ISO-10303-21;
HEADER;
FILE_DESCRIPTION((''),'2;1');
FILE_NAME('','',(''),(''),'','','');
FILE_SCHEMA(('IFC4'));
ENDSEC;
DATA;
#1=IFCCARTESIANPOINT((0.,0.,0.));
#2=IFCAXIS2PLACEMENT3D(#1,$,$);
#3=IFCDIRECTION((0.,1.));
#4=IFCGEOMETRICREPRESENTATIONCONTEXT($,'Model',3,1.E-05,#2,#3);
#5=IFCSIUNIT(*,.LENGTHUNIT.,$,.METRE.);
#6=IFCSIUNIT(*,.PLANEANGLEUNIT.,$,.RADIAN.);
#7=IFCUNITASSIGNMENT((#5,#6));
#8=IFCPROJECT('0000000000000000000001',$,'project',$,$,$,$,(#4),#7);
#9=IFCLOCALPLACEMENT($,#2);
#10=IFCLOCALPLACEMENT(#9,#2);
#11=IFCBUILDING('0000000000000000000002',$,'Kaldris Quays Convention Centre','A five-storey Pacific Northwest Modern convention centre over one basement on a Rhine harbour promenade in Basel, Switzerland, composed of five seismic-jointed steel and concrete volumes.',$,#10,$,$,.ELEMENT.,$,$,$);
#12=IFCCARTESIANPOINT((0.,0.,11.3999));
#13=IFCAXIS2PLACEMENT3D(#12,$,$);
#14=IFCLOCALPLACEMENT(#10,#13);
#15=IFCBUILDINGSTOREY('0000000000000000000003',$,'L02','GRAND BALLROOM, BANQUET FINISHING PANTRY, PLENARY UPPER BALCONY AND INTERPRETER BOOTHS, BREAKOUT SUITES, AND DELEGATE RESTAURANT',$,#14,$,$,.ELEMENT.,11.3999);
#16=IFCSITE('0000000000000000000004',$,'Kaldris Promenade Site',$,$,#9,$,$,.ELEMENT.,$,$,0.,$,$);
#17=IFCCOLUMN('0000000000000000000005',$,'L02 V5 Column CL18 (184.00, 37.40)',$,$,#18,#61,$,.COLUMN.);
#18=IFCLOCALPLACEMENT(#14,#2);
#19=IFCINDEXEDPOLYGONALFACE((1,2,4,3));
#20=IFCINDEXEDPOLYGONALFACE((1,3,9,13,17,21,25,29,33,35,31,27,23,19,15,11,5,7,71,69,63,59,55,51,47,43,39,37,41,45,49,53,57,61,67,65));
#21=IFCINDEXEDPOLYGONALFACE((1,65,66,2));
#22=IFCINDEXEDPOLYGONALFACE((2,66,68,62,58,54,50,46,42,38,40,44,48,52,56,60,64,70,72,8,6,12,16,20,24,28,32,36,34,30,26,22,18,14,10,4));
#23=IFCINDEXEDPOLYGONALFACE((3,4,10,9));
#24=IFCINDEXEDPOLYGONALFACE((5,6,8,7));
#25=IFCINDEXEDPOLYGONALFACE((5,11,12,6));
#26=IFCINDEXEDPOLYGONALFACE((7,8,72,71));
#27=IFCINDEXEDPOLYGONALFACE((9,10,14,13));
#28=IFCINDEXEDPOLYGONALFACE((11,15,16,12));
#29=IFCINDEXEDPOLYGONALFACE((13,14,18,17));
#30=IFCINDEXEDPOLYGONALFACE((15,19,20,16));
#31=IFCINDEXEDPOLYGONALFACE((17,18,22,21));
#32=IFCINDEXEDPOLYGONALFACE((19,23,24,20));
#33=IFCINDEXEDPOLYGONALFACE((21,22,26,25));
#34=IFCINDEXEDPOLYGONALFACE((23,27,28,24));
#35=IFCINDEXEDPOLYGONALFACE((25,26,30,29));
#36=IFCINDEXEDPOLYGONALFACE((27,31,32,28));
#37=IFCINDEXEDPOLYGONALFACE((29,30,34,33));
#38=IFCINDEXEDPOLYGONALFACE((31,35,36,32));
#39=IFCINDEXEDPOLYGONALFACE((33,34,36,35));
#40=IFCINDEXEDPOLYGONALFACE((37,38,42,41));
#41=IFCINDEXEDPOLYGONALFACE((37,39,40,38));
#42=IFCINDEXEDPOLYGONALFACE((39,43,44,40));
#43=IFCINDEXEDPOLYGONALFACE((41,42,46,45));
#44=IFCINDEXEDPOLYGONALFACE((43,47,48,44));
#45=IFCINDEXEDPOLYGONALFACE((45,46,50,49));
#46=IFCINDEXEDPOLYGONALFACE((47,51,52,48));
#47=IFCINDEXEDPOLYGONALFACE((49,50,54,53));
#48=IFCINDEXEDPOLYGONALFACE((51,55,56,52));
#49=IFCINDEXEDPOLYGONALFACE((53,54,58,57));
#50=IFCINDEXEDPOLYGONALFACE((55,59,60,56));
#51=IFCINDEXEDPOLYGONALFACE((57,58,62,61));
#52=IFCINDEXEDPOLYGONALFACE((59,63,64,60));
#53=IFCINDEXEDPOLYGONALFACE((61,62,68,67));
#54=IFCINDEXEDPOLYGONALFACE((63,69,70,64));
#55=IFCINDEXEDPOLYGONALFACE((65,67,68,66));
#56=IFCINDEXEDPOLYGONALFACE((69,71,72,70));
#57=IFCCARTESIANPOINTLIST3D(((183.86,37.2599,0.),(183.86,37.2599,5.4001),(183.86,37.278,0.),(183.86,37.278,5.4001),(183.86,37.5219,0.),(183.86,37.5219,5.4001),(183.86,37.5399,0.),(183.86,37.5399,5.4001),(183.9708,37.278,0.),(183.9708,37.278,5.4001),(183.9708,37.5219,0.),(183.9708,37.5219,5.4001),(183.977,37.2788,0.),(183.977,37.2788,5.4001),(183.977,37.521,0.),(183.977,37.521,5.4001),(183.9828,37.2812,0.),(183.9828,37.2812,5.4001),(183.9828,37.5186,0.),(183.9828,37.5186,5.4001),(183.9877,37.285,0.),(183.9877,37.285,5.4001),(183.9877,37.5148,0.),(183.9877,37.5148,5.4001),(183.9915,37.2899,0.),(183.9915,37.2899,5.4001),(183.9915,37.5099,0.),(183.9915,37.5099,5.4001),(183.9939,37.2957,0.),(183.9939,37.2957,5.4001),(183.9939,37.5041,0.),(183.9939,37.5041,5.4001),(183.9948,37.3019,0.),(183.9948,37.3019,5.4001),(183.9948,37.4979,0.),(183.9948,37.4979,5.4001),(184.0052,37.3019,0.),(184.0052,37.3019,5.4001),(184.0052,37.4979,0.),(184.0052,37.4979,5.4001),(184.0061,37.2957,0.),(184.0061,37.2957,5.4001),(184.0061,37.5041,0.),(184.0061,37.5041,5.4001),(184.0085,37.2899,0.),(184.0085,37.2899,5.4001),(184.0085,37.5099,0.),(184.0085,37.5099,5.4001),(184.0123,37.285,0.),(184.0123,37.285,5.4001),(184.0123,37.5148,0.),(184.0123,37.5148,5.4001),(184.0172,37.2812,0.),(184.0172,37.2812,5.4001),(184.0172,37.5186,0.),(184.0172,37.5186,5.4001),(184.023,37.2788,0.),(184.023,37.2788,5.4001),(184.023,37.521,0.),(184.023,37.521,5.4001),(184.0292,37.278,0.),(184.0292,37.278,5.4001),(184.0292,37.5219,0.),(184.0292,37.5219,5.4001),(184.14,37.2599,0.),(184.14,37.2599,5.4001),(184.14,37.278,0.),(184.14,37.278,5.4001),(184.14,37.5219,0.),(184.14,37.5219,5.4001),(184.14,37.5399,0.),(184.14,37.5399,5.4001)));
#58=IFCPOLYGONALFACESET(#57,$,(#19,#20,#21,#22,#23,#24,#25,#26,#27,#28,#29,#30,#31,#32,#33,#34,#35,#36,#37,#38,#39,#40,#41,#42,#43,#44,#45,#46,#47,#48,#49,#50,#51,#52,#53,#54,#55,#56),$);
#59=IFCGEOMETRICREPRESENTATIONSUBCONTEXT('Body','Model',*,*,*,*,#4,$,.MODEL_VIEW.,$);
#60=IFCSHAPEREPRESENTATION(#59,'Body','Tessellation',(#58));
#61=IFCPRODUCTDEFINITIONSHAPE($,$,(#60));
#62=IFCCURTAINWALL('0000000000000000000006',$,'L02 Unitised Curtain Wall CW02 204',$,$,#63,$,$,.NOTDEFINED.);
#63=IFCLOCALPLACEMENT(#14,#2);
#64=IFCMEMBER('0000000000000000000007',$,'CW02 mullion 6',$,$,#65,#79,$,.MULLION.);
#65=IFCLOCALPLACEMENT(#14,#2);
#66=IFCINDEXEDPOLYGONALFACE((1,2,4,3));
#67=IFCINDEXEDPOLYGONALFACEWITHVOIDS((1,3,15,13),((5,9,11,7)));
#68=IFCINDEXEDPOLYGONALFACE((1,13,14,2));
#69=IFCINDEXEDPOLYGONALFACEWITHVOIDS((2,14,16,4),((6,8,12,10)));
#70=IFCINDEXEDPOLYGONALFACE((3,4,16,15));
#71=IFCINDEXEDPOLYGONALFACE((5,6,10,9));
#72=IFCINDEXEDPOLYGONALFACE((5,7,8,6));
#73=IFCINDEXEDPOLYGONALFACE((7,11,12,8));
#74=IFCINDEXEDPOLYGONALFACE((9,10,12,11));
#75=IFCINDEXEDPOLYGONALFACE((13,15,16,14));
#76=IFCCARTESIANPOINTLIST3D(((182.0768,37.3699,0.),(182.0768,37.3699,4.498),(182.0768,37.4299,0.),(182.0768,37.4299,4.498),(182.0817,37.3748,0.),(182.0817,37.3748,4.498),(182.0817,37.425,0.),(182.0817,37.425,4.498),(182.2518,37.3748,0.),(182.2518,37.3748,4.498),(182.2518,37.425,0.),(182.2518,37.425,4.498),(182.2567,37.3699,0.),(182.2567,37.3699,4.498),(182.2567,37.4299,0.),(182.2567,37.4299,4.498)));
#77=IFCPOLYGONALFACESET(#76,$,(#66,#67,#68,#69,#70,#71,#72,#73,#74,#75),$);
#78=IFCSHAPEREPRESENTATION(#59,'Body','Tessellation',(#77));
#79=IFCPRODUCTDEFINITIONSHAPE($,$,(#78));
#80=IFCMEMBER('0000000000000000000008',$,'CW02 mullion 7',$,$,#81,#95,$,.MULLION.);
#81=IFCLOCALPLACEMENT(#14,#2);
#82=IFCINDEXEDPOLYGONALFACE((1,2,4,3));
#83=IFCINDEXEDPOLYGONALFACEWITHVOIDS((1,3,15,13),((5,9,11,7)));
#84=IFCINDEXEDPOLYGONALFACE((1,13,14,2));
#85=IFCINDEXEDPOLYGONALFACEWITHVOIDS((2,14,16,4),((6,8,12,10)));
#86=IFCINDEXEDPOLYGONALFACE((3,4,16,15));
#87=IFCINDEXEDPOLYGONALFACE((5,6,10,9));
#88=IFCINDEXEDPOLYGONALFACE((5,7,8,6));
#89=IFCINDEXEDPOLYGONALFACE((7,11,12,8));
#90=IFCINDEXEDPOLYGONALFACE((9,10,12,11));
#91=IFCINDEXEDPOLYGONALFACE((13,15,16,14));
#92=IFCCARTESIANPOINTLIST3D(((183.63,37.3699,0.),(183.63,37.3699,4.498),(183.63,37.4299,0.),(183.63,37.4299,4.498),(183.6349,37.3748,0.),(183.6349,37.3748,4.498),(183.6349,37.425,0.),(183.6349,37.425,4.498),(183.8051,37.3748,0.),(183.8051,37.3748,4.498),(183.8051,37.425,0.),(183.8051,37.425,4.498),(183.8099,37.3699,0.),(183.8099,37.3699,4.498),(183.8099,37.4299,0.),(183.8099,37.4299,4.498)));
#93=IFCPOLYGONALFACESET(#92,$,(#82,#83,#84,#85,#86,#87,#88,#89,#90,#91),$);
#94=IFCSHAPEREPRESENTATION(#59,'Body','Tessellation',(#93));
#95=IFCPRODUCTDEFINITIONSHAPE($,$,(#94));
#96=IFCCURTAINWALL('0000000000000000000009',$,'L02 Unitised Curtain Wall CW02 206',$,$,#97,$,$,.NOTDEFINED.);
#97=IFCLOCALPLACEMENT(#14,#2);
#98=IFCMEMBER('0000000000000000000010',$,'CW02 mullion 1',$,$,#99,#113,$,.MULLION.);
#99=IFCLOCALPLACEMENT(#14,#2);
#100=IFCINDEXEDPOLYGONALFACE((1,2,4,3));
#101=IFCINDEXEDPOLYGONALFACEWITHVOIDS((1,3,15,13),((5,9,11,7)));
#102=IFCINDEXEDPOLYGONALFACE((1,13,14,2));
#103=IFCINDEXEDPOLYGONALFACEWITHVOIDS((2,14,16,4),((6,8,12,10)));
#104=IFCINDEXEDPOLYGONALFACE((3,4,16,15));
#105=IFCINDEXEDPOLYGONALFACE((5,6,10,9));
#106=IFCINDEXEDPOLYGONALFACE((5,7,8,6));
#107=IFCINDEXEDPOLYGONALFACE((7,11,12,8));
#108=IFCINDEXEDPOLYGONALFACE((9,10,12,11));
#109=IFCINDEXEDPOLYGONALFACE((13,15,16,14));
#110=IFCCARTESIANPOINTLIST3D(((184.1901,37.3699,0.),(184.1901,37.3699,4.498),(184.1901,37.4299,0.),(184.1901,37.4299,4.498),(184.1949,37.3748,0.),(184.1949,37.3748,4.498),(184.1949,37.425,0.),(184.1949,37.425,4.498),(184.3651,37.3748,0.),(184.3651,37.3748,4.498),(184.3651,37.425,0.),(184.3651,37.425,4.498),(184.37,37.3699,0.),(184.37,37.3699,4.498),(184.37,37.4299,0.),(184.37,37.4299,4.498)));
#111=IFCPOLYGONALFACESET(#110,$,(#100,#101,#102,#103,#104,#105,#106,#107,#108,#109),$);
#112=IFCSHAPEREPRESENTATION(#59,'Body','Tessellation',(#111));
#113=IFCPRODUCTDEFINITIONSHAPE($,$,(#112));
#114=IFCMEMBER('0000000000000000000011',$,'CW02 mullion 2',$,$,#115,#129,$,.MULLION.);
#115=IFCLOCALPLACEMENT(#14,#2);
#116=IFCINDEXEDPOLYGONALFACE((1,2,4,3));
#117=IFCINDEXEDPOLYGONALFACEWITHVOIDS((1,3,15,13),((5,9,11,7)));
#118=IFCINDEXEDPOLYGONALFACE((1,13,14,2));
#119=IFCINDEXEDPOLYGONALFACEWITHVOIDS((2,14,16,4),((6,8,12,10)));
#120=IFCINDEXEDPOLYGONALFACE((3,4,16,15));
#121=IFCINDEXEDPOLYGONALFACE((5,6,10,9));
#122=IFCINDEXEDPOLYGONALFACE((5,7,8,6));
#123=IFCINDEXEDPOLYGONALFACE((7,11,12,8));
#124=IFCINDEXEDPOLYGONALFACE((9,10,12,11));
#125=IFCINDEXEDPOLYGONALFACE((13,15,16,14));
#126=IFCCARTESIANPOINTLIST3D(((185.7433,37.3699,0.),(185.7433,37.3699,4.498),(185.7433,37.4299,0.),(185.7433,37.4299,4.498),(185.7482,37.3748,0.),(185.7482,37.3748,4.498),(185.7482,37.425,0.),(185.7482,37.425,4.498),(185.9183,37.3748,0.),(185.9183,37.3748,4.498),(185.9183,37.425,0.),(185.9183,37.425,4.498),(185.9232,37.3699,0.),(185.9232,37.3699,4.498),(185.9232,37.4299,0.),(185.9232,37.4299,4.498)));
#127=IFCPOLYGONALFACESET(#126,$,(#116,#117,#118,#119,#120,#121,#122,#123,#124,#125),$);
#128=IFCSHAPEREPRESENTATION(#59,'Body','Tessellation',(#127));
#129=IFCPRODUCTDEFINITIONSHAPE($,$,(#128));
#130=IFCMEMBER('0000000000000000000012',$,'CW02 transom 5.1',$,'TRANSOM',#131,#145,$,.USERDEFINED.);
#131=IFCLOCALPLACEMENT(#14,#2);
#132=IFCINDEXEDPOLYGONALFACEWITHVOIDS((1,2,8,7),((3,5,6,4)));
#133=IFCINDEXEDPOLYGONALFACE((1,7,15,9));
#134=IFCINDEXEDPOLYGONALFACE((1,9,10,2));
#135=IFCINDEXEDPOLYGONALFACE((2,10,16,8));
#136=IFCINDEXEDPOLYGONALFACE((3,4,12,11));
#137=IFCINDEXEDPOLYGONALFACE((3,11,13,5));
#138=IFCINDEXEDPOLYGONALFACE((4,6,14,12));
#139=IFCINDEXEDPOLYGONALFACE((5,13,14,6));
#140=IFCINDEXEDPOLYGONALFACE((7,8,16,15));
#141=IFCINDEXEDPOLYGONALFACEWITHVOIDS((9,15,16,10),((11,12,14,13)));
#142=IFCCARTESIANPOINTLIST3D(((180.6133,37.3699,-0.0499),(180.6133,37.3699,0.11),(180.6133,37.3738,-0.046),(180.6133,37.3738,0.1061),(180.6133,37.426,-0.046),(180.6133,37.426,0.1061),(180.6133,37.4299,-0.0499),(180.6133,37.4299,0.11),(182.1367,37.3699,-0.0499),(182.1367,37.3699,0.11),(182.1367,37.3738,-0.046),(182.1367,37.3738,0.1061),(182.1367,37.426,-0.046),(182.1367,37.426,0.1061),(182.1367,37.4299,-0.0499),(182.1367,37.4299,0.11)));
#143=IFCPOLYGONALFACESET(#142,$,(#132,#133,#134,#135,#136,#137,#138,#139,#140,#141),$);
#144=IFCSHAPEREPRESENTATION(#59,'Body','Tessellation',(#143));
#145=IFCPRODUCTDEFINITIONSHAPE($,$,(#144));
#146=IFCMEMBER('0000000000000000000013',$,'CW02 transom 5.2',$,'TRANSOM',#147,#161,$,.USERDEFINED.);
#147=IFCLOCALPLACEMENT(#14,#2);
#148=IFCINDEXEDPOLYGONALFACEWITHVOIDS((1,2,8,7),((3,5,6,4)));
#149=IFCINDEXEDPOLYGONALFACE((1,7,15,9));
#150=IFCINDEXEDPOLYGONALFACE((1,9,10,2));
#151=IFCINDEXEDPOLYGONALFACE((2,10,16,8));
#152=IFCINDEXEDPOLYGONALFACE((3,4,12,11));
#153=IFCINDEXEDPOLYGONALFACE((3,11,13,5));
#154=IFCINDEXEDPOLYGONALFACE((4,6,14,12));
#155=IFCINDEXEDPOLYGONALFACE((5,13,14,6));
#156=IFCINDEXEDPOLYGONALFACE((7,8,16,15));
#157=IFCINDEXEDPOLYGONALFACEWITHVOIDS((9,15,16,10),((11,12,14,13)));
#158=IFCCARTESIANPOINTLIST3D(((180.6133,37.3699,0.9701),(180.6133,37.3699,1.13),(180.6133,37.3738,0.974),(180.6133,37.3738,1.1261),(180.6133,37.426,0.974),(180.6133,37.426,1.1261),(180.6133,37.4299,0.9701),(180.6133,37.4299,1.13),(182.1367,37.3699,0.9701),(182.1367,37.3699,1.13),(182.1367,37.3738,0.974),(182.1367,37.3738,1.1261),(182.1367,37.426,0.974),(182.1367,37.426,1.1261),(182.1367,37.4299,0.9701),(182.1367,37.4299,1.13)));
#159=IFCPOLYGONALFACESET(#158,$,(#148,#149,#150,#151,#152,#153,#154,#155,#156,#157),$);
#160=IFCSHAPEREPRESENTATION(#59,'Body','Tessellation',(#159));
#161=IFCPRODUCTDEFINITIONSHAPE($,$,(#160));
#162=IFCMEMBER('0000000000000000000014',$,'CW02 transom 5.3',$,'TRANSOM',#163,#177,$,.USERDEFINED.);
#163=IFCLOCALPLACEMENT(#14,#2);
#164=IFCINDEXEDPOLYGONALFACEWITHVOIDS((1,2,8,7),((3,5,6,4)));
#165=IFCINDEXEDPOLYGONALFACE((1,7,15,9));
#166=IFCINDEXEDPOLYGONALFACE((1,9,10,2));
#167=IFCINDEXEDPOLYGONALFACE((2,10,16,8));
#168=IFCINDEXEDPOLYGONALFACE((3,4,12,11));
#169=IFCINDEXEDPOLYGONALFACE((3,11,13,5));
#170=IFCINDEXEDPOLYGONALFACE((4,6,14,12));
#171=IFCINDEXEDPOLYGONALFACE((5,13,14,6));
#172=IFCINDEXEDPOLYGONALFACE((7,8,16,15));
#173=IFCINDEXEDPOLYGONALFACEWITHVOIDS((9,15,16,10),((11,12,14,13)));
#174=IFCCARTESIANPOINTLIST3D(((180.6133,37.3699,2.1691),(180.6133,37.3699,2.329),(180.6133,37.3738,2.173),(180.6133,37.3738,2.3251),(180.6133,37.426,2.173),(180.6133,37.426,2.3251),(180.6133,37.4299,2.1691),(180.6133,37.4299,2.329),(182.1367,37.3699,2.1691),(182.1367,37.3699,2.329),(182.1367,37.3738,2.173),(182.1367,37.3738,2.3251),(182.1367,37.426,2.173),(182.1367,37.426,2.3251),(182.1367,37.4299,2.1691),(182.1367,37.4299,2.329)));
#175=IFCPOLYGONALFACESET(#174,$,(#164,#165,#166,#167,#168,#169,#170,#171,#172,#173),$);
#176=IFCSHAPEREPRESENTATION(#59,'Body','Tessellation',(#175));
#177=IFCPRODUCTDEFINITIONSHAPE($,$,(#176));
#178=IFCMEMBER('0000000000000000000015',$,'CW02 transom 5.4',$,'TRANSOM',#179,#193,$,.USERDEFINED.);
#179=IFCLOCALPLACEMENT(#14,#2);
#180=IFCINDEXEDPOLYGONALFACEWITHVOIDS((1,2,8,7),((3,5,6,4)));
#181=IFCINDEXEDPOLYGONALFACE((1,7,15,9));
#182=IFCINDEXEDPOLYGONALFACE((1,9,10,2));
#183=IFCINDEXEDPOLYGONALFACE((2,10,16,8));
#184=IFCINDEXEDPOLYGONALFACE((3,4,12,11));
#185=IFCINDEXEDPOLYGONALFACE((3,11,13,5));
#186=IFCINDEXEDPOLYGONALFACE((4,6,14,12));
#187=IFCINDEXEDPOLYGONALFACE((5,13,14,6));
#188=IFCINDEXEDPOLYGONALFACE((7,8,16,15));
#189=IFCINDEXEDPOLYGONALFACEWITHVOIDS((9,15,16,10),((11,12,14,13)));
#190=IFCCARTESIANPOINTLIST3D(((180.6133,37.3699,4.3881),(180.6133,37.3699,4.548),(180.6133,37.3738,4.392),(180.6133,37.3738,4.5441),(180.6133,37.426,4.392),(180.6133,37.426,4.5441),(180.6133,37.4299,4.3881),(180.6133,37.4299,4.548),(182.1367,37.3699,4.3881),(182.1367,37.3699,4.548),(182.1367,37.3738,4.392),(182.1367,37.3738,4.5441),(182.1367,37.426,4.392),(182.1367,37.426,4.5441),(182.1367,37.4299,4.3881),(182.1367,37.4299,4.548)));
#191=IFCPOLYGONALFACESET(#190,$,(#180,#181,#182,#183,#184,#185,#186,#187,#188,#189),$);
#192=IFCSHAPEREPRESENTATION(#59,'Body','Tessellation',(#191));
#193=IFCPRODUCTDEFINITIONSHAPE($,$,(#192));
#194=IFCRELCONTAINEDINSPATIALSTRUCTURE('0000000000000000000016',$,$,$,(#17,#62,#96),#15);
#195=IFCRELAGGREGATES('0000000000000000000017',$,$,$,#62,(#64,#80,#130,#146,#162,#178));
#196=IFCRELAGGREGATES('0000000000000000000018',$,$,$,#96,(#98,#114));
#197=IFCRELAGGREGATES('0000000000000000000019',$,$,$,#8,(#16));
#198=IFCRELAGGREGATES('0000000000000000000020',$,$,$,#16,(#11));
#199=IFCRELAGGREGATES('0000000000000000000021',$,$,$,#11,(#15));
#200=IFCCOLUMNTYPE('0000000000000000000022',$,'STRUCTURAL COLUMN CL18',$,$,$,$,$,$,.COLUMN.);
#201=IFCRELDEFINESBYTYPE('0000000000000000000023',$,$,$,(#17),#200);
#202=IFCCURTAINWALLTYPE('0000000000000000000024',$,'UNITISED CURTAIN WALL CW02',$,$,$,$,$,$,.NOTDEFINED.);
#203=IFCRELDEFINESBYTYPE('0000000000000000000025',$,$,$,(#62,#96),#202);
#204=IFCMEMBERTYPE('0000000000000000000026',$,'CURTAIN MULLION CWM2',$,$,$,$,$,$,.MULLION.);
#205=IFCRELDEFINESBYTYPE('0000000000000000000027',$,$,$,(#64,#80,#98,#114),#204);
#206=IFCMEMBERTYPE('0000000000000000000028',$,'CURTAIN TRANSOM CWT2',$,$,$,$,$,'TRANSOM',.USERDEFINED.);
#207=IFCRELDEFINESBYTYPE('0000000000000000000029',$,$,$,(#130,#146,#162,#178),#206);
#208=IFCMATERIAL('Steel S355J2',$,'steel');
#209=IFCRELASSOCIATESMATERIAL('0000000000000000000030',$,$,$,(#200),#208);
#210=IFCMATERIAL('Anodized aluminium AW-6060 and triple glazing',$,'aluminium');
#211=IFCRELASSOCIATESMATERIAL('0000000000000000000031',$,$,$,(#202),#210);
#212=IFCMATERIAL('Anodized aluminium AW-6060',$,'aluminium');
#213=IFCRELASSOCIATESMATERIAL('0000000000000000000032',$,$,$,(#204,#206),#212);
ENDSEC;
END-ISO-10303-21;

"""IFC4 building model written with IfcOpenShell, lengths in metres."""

from ifc_helpers import new_model, si_unit, direction, frame, origin, origin_2d, place, context, subcontext, project, spatial, hollow_rectangle, i_section, extrude, material, material_profile, profile_set, type_object, element, aggregate, save


model = new_model("IFC4")

# Units and contexts
model_context = context("Model", 3, precision=1e-05, world=origin(), true_north=direction((0.0, 1.0)))
body_context = subcontext(model_context, "Body", "Model", "MODEL_VIEW")
ifc_project = project(units=[si_unit("LENGTHUNIT", "METRE"), si_unit("PLANEANGLEUNIT", "RADIAN")], contexts=[model_context])

# Site, building, storey
site_placement = place(None, origin())
site = spatial("IfcSite", under=ifc_project, at=site_placement, Name="Kaldris Promenade Site", CompositionType="ELEMENT", RefElevation=0.0)
building_placement = place(site_placement, origin())
building = spatial("IfcBuilding", under=site, at=building_placement, Name="Kaldris Quays Convention Centre", Description="A five-storey Pacific Northwest Modern convention centre over one basement on a Rhine harbour promenade in Basel, Switzerland, composed of five seismic-jointed steel and concrete volumes.", CompositionType="ELEMENT")
storey_placement = place(building_placement, frame((0.0, 0.0, 11.3999)))
storey = spatial("IfcBuildingStorey", under=building, at=storey_placement, Name="L02", Description="GRAND BALLROOM, BANQUET FINISHING PANTRY, PLENARY UPPER BALCONY AND INTERPRETER BOOTHS, BREAKOUT SUITES, AND DELEGATE RESTAURANT", CompositionType="ELEMENT", Elevation=11.3999)

# Column
ifc_material_1 = material(Name="Steel S355J2", Category="steel")
ifc_material_profile_1 = material_profile(ifc_material_1, i_section(OverallWidth=0.28, OverallDepth=0.28, WebThickness=0.0105, FlangeThickness=0.0181, FilletRadius=0.0239, at=origin_2d()), Name="HEB 280")
ifc_profile_set_1 = profile_set([ifc_material_profile_1], Name="Steel S355J2")
column_type = type_object("IfcColumnType", Name="STRUCTURAL COLUMN CL18", PredefinedType="COLUMN", material=ifc_profile_set_1)
column_placement = place(storey_placement, frame((184.0, 37.3999, 0.0), z_axis=(0.0, 0.0, 1.0), x_axis=(1.0, 0.0, 0.0)))
element("IfcColumn", 1, at=column_placement, inside=storey, type_object=column_type, Name="L02 V5 Column CL18 (184.00, 37.40)", PredefinedType="COLUMN", context=body_context, shape_type="SweptSolid", body=[
    extrude(i_section(OverallWidth=0.28, OverallDepth=0.28, WebThickness=0.0105, FlangeThickness=0.0181, FilletRadius=0.0239, at=origin_2d()), origin(), (0.0, 0.0, 1.0), 5.4001),
])

# Curtain walls, members
ifc_material_2 = material(Name="Anodized aluminium AW-6060 and triple glazing", Category="aluminium")
curtain_wall_type = type_object("IfcCurtainWallType", Name="UNITISED CURTAIN WALL CW02", PredefinedType="NOTDEFINED", material=ifc_material_2)
curtain_wall_1_placement = place(storey_placement, origin())
curtain_wall_1 = element("IfcCurtainWall", 2, at=curtain_wall_1_placement, inside=storey, type_object=curtain_wall_type, Name="L02 Unitised Curtain Wall CW02 204", PredefinedType="NOTDEFINED")
ifc_material_3 = material(Name="Anodized aluminium AW-6060", Category="aluminium")
ifc_material_profile_2 = material_profile(ifc_material_3, hollow_rectangle(XDim=0.0601, YDim=0.1799, WallThickness=0.0049, at=origin_2d()), Name="RHS 180x60x5")
ifc_profile_set_2 = profile_set([ifc_material_profile_2], Name="Anodized aluminium AW-6060")
member_type_1 = type_object("IfcMemberType", Name="CURTAIN MULLION CWM2", PredefinedType="MULLION", material=ifc_profile_set_2)
member_1_placement = place(storey_placement, frame((182.1667, 37.3999, 0.0), z_axis=(0.0, 0.0, 1.0), x_axis=(0.0, 1.0, 0.0)))
member_1 = element("IfcMember", 3, at=member_1_placement, type_object=member_type_1, Name="CW02 mullion 6", PredefinedType="MULLION", context=body_context, shape_type="SweptSolid", body=[
    extrude(hollow_rectangle(XDim=0.0601, YDim=0.1799, WallThickness=0.0049, at=origin_2d()), origin(), (0.0, 0.0, 1.0), 4.498),
])
member_2_placement = place(storey_placement, frame((183.72, 37.3999, 0.0), z_axis=(0.0, 0.0, 1.0), x_axis=(0.0, 1.0, 0.0)))
member_2 = element("IfcMember", 4, at=member_2_placement, type_object=member_type_1, Name="CW02 mullion 7", PredefinedType="MULLION", context=body_context, shape_type="SweptSolid", body=[
    extrude(hollow_rectangle(XDim=0.0601, YDim=0.1799, WallThickness=0.0049, at=origin_2d()), origin(), (0.0, 0.0, 1.0), 4.498),
])
curtain_wall_2_placement = place(storey_placement, origin())
curtain_wall_2 = element("IfcCurtainWall", 5, at=curtain_wall_2_placement, inside=storey, type_object=curtain_wall_type, Name="L02 Unitised Curtain Wall CW02 206", PredefinedType="NOTDEFINED")
member_3_placement = place(storey_placement, frame((184.28, 37.3999, 0.0), z_axis=(0.0, 0.0, 1.0), x_axis=(0.0, 1.0, 0.0)))
member_3 = element("IfcMember", 6, at=member_3_placement, type_object=member_type_1, Name="CW02 mullion 1", PredefinedType="MULLION", context=body_context, shape_type="SweptSolid", body=[
    extrude(hollow_rectangle(XDim=0.0601, YDim=0.1799, WallThickness=0.0049, at=origin_2d()), origin(), (0.0, 0.0, 1.0), 4.498),
])
member_4_placement = place(storey_placement, frame((185.8333, 37.3999, 0.0), z_axis=(0.0, 0.0, 1.0), x_axis=(0.0, 1.0, 0.0)))
member_4 = element("IfcMember", 7, at=member_4_placement, type_object=member_type_1, Name="CW02 mullion 2", PredefinedType="MULLION", context=body_context, shape_type="SweptSolid", body=[
    extrude(hollow_rectangle(XDim=0.0601, YDim=0.1799, WallThickness=0.0049, at=origin_2d()), origin(), (0.0, 0.0, 1.0), 4.498),
])

# Members
ifc_material_profile_3 = material_profile(ifc_material_3, hollow_rectangle(XDim=0.0601, YDim=0.1599, WallThickness=0.0039, at=origin_2d()), Name="RHS 160x60x4")
ifc_profile_set_3 = profile_set([ifc_material_profile_3], Name="Anodized aluminium AW-6060")
member_type_2 = type_object("IfcMemberType", Name="CURTAIN TRANSOM CWT2", ElementType="TRANSOM", PredefinedType="USERDEFINED", material=ifc_profile_set_3)
member_5_placement = place(storey_placement, frame((180.6133, 37.3999, 0.03), z_axis=(1.0, 0.0, 0.0), x_axis=(0.0, 1.0, 0.0)))
member_5 = element("IfcMember", 8, at=member_5_placement, type_object=member_type_2, Name="CW02 transom 5.1", ObjectType="TRANSOM", PredefinedType="USERDEFINED", context=body_context, shape_type="SweptSolid", body=[
    extrude(hollow_rectangle(XDim=0.0601, YDim=0.1599, WallThickness=0.0039, at=origin_2d()), origin(), (0.0, 0.0, 1.0), 1.5234),
])
member_6_placement = place(storey_placement, frame((180.6133, 37.3999, 1.05), z_axis=(1.0, 0.0, 0.0), x_axis=(0.0, 1.0, 0.0)))
member_6 = element("IfcMember", 9, at=member_6_placement, type_object=member_type_2, Name="CW02 transom 5.2", ObjectType="TRANSOM", PredefinedType="USERDEFINED", context=body_context, shape_type="SweptSolid", body=[
    extrude(hollow_rectangle(XDim=0.0601, YDim=0.1599, WallThickness=0.0039, at=origin_2d()), origin(), (0.0, 0.0, 1.0), 1.5234),
])
member_7_placement = place(storey_placement, frame((180.6133, 37.3999, 2.249), z_axis=(1.0, 0.0, 0.0), x_axis=(0.0, 1.0, 0.0)))
member_7 = element("IfcMember", 10, at=member_7_placement, type_object=member_type_2, Name="CW02 transom 5.3", ObjectType="TRANSOM", PredefinedType="USERDEFINED", context=body_context, shape_type="SweptSolid", body=[
    extrude(hollow_rectangle(XDim=0.0601, YDim=0.1599, WallThickness=0.0039, at=origin_2d()), origin(), (0.0, 0.0, 1.0), 1.5234),
])
member_8_placement = place(storey_placement, frame((180.6133, 37.3999, 4.468), z_axis=(1.0, 0.0, 0.0), x_axis=(0.0, 1.0, 0.0)))
member_8 = element("IfcMember", 11, at=member_8_placement, type_object=member_type_2, Name="CW02 transom 5.4", ObjectType="TRANSOM", PredefinedType="USERDEFINED", context=body_context, shape_type="SweptSolid", body=[
    extrude(hollow_rectangle(XDim=0.0601, YDim=0.1599, WallThickness=0.0039, at=origin_2d()), origin(), (0.0, 0.0, 1.0), 1.5234),
])

aggregate(curtain_wall_1, [member_1, member_2, member_5, member_6, member_7, member_8])
aggregate(curtain_wall_2, [member_3, member_4])

save(model, "model.ifc")
